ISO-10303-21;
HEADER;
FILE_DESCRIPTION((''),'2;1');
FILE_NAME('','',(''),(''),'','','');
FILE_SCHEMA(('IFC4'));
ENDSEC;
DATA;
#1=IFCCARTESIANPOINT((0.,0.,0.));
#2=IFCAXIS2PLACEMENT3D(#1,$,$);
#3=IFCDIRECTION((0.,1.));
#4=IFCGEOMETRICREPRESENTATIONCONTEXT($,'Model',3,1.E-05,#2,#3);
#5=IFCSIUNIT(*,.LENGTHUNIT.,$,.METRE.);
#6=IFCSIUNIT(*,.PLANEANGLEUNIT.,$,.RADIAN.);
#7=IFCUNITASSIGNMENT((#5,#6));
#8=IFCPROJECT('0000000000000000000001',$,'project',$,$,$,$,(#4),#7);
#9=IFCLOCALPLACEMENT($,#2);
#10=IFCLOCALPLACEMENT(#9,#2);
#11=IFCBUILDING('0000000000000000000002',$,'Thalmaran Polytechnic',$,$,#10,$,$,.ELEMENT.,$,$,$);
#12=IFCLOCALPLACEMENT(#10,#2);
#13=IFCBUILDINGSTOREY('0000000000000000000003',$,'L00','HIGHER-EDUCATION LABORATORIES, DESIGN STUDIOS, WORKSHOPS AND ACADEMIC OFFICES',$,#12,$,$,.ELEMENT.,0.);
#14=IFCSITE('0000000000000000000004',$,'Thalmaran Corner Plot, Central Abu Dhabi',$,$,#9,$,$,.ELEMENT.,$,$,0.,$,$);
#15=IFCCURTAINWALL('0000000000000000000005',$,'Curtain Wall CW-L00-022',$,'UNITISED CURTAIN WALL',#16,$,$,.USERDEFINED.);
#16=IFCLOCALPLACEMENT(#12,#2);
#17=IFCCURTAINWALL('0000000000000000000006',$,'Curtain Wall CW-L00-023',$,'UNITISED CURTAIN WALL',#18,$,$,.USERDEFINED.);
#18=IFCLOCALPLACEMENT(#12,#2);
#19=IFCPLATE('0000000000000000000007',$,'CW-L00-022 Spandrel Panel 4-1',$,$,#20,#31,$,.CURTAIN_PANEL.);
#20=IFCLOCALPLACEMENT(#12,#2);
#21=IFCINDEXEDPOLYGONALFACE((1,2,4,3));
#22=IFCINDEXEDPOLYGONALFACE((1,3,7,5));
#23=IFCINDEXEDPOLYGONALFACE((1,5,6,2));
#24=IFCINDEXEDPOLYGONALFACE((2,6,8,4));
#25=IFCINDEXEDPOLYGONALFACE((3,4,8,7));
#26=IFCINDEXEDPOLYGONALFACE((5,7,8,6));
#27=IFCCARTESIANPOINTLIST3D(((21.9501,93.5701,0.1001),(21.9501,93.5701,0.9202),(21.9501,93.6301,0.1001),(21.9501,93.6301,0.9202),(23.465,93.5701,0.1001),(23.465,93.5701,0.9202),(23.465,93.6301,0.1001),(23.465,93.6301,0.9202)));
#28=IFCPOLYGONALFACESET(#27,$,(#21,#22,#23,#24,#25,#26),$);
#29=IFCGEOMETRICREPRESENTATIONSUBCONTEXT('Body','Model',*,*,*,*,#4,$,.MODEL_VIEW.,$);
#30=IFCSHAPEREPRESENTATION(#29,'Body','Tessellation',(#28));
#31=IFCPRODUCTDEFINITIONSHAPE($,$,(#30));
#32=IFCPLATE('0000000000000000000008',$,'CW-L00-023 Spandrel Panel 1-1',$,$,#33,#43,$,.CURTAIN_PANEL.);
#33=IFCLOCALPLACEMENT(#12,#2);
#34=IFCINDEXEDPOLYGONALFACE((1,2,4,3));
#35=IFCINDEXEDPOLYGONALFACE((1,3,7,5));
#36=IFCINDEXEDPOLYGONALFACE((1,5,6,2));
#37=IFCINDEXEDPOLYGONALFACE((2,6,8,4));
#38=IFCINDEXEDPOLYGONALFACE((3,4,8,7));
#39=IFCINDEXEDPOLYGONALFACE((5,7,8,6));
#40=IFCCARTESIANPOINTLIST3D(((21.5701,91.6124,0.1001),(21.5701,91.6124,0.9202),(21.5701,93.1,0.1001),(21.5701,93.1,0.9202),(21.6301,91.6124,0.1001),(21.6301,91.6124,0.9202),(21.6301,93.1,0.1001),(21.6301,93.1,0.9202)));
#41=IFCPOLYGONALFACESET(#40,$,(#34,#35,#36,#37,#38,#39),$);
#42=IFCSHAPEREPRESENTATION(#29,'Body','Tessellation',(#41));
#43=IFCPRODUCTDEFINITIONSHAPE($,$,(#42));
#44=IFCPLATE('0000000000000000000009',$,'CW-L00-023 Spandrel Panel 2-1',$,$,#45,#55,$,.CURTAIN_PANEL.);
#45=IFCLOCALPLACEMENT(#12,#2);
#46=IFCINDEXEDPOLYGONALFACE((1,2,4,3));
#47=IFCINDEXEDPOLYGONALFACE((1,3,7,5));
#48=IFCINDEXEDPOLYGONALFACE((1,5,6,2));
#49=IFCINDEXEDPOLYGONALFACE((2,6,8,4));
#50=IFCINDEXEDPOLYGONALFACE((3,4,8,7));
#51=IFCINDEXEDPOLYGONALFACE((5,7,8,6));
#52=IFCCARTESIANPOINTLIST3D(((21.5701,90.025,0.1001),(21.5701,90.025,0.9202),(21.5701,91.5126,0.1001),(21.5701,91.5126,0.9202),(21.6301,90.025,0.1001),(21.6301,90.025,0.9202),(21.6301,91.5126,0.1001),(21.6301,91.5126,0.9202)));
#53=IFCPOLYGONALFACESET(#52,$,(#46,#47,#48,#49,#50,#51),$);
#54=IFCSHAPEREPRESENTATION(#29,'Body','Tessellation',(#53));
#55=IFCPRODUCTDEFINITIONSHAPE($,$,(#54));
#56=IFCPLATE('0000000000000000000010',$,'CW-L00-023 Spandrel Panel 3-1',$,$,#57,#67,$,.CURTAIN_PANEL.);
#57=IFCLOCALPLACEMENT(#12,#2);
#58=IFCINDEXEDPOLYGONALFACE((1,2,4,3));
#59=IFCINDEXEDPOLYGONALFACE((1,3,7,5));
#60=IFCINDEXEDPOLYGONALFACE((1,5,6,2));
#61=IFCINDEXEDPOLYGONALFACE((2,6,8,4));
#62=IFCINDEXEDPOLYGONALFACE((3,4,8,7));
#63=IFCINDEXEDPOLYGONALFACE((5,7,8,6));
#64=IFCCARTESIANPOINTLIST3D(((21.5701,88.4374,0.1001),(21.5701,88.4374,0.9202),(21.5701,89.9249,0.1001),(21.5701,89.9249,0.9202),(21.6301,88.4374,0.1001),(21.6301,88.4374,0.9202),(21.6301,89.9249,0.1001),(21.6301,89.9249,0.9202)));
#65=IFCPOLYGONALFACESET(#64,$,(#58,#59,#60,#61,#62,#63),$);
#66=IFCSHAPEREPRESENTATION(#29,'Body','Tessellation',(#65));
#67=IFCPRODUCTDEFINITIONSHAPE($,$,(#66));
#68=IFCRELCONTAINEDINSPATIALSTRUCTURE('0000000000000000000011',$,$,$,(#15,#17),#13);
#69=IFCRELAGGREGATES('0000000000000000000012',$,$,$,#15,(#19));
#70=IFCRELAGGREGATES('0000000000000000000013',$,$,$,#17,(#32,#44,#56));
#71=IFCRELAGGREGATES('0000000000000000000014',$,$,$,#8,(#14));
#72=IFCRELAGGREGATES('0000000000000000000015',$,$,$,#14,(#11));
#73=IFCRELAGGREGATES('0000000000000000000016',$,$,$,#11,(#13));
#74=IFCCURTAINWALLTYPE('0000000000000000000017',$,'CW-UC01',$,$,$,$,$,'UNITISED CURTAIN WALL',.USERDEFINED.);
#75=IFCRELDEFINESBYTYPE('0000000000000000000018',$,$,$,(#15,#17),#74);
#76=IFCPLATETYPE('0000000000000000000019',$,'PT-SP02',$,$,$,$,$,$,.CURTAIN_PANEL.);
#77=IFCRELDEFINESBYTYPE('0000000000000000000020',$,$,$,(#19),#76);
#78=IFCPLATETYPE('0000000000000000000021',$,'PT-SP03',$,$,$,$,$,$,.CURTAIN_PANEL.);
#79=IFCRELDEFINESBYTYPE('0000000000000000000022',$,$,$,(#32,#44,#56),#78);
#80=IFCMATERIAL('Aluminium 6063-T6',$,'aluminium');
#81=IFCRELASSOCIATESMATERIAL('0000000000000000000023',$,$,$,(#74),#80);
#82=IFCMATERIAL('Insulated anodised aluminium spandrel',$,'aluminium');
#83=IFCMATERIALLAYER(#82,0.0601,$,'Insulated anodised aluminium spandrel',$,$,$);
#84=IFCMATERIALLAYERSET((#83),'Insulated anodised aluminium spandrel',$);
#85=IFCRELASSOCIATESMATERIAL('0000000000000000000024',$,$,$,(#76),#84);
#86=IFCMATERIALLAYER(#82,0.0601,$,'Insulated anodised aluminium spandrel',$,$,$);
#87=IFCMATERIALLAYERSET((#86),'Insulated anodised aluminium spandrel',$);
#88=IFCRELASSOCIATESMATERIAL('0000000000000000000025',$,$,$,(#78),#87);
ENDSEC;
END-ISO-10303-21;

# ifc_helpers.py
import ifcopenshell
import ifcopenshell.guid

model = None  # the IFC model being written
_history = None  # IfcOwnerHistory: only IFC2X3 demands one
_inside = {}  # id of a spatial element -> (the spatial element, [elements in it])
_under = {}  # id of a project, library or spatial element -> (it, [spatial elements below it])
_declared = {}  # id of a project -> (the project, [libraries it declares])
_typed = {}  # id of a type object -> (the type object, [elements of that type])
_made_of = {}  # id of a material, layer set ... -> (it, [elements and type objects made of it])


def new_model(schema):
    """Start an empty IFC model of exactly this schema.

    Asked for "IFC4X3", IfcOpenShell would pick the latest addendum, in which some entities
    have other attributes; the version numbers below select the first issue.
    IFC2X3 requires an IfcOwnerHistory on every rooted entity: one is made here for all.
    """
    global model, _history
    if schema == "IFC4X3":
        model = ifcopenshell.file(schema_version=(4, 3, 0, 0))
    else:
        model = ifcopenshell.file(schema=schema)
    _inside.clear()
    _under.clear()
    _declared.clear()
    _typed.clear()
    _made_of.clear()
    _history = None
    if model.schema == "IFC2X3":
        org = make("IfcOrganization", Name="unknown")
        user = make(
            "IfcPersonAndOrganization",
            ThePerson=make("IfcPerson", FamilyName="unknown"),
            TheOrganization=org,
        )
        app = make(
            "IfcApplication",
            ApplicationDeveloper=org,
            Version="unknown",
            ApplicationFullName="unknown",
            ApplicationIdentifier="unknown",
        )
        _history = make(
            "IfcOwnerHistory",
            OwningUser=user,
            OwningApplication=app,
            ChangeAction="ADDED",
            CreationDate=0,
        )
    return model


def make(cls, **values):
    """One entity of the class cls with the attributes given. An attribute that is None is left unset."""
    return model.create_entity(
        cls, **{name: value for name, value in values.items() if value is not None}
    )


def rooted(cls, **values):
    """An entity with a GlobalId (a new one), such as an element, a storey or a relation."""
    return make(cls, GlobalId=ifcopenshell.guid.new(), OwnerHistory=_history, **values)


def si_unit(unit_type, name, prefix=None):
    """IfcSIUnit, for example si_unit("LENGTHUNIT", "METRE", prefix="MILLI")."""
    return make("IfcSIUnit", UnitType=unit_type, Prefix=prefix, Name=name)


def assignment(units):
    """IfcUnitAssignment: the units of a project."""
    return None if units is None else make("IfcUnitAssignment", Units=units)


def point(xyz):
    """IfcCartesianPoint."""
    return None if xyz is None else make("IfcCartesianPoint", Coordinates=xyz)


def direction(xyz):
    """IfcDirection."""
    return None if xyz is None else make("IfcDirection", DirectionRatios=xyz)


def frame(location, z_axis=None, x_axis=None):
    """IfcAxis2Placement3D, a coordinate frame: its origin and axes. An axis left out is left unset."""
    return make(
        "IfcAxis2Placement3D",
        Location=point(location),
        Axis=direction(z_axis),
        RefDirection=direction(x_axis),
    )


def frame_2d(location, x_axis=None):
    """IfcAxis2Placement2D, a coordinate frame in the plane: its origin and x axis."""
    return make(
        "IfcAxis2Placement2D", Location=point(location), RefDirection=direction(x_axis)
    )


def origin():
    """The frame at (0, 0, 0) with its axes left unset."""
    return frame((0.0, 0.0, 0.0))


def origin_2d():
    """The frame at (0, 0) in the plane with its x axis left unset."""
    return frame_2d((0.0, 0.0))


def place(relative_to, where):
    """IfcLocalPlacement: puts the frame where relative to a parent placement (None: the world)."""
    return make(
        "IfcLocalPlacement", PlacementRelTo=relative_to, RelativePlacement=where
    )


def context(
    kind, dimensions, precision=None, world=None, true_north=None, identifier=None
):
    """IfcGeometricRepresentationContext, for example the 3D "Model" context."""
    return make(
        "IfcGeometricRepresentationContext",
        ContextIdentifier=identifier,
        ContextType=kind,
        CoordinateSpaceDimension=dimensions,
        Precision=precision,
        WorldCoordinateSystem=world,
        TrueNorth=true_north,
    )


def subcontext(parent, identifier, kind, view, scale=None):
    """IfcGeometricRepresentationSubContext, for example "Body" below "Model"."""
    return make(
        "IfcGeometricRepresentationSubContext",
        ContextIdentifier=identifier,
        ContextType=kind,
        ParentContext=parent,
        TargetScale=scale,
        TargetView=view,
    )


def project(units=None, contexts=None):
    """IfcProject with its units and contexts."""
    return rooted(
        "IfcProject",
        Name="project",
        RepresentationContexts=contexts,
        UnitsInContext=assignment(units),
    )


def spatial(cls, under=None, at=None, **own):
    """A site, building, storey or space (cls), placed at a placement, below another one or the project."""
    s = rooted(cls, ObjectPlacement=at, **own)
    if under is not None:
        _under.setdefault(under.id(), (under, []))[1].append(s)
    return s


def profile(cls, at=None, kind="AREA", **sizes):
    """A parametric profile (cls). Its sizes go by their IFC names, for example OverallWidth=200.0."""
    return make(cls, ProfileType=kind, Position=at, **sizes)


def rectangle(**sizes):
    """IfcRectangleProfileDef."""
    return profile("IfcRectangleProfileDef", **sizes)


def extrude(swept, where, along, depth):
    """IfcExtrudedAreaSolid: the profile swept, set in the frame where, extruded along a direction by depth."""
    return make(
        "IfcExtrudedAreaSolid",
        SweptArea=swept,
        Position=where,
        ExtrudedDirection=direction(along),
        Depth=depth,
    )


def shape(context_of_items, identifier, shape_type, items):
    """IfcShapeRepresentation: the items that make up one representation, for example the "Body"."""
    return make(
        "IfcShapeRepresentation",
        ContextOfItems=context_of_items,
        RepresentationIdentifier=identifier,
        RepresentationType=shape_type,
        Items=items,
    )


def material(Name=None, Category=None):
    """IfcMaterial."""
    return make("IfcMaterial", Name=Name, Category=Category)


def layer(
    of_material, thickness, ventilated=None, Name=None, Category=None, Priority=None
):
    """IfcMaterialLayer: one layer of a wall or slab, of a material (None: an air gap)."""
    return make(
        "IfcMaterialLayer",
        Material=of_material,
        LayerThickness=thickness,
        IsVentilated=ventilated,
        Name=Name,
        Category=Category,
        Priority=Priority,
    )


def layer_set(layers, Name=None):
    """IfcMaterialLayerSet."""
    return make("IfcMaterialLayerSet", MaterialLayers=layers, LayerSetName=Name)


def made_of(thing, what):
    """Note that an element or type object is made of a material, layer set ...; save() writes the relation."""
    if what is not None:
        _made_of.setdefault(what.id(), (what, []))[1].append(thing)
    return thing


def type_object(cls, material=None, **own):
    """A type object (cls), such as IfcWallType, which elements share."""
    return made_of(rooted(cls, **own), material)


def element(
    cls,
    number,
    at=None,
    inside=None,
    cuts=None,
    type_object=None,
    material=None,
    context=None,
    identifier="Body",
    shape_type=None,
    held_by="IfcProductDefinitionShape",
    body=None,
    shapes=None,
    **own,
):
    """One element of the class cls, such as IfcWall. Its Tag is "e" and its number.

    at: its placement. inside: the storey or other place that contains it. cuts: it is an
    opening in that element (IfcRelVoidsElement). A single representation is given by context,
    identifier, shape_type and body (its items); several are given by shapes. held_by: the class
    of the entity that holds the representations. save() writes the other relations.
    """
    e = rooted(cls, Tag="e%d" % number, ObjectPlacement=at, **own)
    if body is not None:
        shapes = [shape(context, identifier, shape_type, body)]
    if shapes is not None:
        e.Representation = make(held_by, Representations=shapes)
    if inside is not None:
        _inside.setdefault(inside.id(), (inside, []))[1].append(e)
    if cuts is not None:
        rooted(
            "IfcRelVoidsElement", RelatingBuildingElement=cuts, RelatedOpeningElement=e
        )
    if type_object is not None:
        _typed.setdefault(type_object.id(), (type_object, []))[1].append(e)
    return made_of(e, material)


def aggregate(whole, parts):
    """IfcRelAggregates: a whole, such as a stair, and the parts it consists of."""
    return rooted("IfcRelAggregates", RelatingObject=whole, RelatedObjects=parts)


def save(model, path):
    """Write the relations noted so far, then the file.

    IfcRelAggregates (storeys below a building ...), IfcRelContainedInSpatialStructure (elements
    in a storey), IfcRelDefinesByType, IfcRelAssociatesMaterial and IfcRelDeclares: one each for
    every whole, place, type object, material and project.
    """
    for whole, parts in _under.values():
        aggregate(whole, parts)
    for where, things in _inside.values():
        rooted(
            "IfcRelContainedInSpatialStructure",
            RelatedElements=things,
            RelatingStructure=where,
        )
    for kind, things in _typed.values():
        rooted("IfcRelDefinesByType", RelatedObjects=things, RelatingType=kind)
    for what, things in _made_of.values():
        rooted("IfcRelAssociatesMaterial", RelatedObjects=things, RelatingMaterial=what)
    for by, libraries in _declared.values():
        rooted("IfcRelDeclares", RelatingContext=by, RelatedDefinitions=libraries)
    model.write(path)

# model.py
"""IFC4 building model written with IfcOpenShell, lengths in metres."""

from ifc_helpers import new_model, si_unit, direction, frame, origin, origin_2d, place, context, subcontext, project, spatial, rectangle, extrude, material, layer, layer_set, type_object, element, aggregate, save


model = new_model("IFC4")

# Units and contexts
model_context = context("Model", 3, precision=1e-05, world=origin(), true_north=direction((0.0, 1.0)))
body_context = subcontext(model_context, "Body", "Model", "MODEL_VIEW")
ifc_project = project(units=[si_unit("LENGTHUNIT", "METRE"), si_unit("PLANEANGLEUNIT", "RADIAN")], contexts=[model_context])

# Site, building, storey
site_placement = place(None, origin())
site = spatial("IfcSite", under=ifc_project, at=site_placement, Name="Thalmaran Corner Plot, Central Abu Dhabi", CompositionType="ELEMENT", RefElevation=0.0)
building_placement = place(site_placement, origin())
building = spatial("IfcBuilding", under=site, at=building_placement, Name="Thalmaran Polytechnic", CompositionType="ELEMENT")
storey_placement = place(building_placement, origin())
storey = spatial("IfcBuildingStorey", under=building, at=storey_placement, Name="L00", Description="HIGHER-EDUCATION LABORATORIES, DESIGN STUDIOS, WORKSHOPS AND ACADEMIC OFFICES", CompositionType="ELEMENT", Elevation=0.0)

# Curtain walls
ifc_material_1 = material(Name="Aluminium 6063-T6", Category="aluminium")
curtain_wall_type = type_object("IfcCurtainWallType", Name="CW-UC01", ElementType="UNITISED CURTAIN WALL", PredefinedType="USERDEFINED", material=ifc_material_1)
curtain_wall_1_placement = place(storey_placement, origin())
curtain_wall_1 = element("IfcCurtainWall", 1, at=curtain_wall_1_placement, inside=storey, type_object=curtain_wall_type, Name="Curtain Wall CW-L00-022", ObjectType="UNITISED CURTAIN WALL", PredefinedType="USERDEFINED")
curtain_wall_2_placement = place(storey_placement, origin())
curtain_wall_2 = element("IfcCurtainWall", 2, at=curtain_wall_2_placement, inside=storey, type_object=curtain_wall_type, Name="Curtain Wall CW-L00-023", ObjectType="UNITISED CURTAIN WALL", PredefinedType="USERDEFINED")

# Plates
ifc_material_2 = material(Name="Insulated anodised aluminium spandrel", Category="aluminium")
ifc_layer_1 = layer(ifc_material_2, 0.0601, Name="Insulated anodised aluminium spandrel")
ifc_layer_set_1 = layer_set([ifc_layer_1], Name="Insulated anodised aluminium spandrel")
plate_type_1 = type_object("IfcPlateType", Name="PT-SP02", PredefinedType="CURTAIN_PANEL", material=ifc_layer_set_1)
plate_1_placement = place(storey_placement, frame((22.7075, 93.6001, 0.1001), z_axis=(0.0, 0.0, 1.0), x_axis=(-1.0, 0.0, 0.0)))
plate_1 = element("IfcPlate", 3, at=plate_1_placement, type_object=plate_type_1, Name="CW-L00-022 Spandrel Panel 4-1", PredefinedType="CURTAIN_PANEL", context=body_context, shape_type="SweptSolid", body=[
    extrude(rectangle(XDim=1.5149, YDim=0.0601, at=origin_2d()), origin(), (0.0, 0.0, 1.0), 0.8201),
])
aggregate(curtain_wall_1, [plate_1])
ifc_layer_2 = layer(ifc_material_2, 0.0601, Name="Insulated anodised aluminium spandrel")
ifc_layer_set_2 = layer_set([ifc_layer_2], Name="Insulated anodised aluminium spandrel")
plate_type_2 = type_object("IfcPlateType", Name="PT-SP03", PredefinedType="CURTAIN_PANEL", material=ifc_layer_set_2)
plate_2_placement = place(storey_placement, frame((21.6001, 92.3562, 0.1001), z_axis=(0.0, 0.0, 1.0), x_axis=(0.0, -1.0, 0.0)))
plate_2 = element("IfcPlate", 4, at=plate_2_placement, type_object=plate_type_2, Name="CW-L00-023 Spandrel Panel 1-1", PredefinedType="CURTAIN_PANEL", context=body_context, shape_type="SweptSolid", body=[
    extrude(rectangle(XDim=1.4875, YDim=0.0601, at=origin_2d()), origin(), (0.0, 0.0, 1.0), 0.8201),
])
plate_3_placement = place(storey_placement, frame((21.6001, 90.7688, 0.1001), z_axis=(0.0, 0.0, 1.0), x_axis=(0.0, -1.0, 0.0)))
plate_3 = element("IfcPlate", 5, at=plate_3_placement, type_object=plate_type_2, Name="CW-L00-023 Spandrel Panel 2-1", PredefinedType="CURTAIN_PANEL", context=body_context, shape_type="SweptSolid", body=[
    extrude(rectangle(XDim=1.4875, YDim=0.0601, at=origin_2d()), origin(), (0.0, 0.0, 1.0), 0.8201),
])
plate_4_placement = place(storey_placement, frame((21.6001, 89.1812, 0.1001), z_axis=(0.0, 0.0, 1.0), x_axis=(0.0, -1.0, 0.0)))
plate_4 = element("IfcPlate", 6, at=plate_4_placement, type_object=plate_type_2, Name="CW-L00-023 Spandrel Panel 3-1", PredefinedType="CURTAIN_PANEL", context=body_context, shape_type="SweptSolid", body=[
    extrude(rectangle(XDim=1.4875, YDim=0.0601, at=origin_2d()), origin(), (0.0, 0.0, 1.0), 0.8201),
])
aggregate(curtain_wall_2, [plate_2, plate_3, plate_4])

save(model, "model.ifc")
